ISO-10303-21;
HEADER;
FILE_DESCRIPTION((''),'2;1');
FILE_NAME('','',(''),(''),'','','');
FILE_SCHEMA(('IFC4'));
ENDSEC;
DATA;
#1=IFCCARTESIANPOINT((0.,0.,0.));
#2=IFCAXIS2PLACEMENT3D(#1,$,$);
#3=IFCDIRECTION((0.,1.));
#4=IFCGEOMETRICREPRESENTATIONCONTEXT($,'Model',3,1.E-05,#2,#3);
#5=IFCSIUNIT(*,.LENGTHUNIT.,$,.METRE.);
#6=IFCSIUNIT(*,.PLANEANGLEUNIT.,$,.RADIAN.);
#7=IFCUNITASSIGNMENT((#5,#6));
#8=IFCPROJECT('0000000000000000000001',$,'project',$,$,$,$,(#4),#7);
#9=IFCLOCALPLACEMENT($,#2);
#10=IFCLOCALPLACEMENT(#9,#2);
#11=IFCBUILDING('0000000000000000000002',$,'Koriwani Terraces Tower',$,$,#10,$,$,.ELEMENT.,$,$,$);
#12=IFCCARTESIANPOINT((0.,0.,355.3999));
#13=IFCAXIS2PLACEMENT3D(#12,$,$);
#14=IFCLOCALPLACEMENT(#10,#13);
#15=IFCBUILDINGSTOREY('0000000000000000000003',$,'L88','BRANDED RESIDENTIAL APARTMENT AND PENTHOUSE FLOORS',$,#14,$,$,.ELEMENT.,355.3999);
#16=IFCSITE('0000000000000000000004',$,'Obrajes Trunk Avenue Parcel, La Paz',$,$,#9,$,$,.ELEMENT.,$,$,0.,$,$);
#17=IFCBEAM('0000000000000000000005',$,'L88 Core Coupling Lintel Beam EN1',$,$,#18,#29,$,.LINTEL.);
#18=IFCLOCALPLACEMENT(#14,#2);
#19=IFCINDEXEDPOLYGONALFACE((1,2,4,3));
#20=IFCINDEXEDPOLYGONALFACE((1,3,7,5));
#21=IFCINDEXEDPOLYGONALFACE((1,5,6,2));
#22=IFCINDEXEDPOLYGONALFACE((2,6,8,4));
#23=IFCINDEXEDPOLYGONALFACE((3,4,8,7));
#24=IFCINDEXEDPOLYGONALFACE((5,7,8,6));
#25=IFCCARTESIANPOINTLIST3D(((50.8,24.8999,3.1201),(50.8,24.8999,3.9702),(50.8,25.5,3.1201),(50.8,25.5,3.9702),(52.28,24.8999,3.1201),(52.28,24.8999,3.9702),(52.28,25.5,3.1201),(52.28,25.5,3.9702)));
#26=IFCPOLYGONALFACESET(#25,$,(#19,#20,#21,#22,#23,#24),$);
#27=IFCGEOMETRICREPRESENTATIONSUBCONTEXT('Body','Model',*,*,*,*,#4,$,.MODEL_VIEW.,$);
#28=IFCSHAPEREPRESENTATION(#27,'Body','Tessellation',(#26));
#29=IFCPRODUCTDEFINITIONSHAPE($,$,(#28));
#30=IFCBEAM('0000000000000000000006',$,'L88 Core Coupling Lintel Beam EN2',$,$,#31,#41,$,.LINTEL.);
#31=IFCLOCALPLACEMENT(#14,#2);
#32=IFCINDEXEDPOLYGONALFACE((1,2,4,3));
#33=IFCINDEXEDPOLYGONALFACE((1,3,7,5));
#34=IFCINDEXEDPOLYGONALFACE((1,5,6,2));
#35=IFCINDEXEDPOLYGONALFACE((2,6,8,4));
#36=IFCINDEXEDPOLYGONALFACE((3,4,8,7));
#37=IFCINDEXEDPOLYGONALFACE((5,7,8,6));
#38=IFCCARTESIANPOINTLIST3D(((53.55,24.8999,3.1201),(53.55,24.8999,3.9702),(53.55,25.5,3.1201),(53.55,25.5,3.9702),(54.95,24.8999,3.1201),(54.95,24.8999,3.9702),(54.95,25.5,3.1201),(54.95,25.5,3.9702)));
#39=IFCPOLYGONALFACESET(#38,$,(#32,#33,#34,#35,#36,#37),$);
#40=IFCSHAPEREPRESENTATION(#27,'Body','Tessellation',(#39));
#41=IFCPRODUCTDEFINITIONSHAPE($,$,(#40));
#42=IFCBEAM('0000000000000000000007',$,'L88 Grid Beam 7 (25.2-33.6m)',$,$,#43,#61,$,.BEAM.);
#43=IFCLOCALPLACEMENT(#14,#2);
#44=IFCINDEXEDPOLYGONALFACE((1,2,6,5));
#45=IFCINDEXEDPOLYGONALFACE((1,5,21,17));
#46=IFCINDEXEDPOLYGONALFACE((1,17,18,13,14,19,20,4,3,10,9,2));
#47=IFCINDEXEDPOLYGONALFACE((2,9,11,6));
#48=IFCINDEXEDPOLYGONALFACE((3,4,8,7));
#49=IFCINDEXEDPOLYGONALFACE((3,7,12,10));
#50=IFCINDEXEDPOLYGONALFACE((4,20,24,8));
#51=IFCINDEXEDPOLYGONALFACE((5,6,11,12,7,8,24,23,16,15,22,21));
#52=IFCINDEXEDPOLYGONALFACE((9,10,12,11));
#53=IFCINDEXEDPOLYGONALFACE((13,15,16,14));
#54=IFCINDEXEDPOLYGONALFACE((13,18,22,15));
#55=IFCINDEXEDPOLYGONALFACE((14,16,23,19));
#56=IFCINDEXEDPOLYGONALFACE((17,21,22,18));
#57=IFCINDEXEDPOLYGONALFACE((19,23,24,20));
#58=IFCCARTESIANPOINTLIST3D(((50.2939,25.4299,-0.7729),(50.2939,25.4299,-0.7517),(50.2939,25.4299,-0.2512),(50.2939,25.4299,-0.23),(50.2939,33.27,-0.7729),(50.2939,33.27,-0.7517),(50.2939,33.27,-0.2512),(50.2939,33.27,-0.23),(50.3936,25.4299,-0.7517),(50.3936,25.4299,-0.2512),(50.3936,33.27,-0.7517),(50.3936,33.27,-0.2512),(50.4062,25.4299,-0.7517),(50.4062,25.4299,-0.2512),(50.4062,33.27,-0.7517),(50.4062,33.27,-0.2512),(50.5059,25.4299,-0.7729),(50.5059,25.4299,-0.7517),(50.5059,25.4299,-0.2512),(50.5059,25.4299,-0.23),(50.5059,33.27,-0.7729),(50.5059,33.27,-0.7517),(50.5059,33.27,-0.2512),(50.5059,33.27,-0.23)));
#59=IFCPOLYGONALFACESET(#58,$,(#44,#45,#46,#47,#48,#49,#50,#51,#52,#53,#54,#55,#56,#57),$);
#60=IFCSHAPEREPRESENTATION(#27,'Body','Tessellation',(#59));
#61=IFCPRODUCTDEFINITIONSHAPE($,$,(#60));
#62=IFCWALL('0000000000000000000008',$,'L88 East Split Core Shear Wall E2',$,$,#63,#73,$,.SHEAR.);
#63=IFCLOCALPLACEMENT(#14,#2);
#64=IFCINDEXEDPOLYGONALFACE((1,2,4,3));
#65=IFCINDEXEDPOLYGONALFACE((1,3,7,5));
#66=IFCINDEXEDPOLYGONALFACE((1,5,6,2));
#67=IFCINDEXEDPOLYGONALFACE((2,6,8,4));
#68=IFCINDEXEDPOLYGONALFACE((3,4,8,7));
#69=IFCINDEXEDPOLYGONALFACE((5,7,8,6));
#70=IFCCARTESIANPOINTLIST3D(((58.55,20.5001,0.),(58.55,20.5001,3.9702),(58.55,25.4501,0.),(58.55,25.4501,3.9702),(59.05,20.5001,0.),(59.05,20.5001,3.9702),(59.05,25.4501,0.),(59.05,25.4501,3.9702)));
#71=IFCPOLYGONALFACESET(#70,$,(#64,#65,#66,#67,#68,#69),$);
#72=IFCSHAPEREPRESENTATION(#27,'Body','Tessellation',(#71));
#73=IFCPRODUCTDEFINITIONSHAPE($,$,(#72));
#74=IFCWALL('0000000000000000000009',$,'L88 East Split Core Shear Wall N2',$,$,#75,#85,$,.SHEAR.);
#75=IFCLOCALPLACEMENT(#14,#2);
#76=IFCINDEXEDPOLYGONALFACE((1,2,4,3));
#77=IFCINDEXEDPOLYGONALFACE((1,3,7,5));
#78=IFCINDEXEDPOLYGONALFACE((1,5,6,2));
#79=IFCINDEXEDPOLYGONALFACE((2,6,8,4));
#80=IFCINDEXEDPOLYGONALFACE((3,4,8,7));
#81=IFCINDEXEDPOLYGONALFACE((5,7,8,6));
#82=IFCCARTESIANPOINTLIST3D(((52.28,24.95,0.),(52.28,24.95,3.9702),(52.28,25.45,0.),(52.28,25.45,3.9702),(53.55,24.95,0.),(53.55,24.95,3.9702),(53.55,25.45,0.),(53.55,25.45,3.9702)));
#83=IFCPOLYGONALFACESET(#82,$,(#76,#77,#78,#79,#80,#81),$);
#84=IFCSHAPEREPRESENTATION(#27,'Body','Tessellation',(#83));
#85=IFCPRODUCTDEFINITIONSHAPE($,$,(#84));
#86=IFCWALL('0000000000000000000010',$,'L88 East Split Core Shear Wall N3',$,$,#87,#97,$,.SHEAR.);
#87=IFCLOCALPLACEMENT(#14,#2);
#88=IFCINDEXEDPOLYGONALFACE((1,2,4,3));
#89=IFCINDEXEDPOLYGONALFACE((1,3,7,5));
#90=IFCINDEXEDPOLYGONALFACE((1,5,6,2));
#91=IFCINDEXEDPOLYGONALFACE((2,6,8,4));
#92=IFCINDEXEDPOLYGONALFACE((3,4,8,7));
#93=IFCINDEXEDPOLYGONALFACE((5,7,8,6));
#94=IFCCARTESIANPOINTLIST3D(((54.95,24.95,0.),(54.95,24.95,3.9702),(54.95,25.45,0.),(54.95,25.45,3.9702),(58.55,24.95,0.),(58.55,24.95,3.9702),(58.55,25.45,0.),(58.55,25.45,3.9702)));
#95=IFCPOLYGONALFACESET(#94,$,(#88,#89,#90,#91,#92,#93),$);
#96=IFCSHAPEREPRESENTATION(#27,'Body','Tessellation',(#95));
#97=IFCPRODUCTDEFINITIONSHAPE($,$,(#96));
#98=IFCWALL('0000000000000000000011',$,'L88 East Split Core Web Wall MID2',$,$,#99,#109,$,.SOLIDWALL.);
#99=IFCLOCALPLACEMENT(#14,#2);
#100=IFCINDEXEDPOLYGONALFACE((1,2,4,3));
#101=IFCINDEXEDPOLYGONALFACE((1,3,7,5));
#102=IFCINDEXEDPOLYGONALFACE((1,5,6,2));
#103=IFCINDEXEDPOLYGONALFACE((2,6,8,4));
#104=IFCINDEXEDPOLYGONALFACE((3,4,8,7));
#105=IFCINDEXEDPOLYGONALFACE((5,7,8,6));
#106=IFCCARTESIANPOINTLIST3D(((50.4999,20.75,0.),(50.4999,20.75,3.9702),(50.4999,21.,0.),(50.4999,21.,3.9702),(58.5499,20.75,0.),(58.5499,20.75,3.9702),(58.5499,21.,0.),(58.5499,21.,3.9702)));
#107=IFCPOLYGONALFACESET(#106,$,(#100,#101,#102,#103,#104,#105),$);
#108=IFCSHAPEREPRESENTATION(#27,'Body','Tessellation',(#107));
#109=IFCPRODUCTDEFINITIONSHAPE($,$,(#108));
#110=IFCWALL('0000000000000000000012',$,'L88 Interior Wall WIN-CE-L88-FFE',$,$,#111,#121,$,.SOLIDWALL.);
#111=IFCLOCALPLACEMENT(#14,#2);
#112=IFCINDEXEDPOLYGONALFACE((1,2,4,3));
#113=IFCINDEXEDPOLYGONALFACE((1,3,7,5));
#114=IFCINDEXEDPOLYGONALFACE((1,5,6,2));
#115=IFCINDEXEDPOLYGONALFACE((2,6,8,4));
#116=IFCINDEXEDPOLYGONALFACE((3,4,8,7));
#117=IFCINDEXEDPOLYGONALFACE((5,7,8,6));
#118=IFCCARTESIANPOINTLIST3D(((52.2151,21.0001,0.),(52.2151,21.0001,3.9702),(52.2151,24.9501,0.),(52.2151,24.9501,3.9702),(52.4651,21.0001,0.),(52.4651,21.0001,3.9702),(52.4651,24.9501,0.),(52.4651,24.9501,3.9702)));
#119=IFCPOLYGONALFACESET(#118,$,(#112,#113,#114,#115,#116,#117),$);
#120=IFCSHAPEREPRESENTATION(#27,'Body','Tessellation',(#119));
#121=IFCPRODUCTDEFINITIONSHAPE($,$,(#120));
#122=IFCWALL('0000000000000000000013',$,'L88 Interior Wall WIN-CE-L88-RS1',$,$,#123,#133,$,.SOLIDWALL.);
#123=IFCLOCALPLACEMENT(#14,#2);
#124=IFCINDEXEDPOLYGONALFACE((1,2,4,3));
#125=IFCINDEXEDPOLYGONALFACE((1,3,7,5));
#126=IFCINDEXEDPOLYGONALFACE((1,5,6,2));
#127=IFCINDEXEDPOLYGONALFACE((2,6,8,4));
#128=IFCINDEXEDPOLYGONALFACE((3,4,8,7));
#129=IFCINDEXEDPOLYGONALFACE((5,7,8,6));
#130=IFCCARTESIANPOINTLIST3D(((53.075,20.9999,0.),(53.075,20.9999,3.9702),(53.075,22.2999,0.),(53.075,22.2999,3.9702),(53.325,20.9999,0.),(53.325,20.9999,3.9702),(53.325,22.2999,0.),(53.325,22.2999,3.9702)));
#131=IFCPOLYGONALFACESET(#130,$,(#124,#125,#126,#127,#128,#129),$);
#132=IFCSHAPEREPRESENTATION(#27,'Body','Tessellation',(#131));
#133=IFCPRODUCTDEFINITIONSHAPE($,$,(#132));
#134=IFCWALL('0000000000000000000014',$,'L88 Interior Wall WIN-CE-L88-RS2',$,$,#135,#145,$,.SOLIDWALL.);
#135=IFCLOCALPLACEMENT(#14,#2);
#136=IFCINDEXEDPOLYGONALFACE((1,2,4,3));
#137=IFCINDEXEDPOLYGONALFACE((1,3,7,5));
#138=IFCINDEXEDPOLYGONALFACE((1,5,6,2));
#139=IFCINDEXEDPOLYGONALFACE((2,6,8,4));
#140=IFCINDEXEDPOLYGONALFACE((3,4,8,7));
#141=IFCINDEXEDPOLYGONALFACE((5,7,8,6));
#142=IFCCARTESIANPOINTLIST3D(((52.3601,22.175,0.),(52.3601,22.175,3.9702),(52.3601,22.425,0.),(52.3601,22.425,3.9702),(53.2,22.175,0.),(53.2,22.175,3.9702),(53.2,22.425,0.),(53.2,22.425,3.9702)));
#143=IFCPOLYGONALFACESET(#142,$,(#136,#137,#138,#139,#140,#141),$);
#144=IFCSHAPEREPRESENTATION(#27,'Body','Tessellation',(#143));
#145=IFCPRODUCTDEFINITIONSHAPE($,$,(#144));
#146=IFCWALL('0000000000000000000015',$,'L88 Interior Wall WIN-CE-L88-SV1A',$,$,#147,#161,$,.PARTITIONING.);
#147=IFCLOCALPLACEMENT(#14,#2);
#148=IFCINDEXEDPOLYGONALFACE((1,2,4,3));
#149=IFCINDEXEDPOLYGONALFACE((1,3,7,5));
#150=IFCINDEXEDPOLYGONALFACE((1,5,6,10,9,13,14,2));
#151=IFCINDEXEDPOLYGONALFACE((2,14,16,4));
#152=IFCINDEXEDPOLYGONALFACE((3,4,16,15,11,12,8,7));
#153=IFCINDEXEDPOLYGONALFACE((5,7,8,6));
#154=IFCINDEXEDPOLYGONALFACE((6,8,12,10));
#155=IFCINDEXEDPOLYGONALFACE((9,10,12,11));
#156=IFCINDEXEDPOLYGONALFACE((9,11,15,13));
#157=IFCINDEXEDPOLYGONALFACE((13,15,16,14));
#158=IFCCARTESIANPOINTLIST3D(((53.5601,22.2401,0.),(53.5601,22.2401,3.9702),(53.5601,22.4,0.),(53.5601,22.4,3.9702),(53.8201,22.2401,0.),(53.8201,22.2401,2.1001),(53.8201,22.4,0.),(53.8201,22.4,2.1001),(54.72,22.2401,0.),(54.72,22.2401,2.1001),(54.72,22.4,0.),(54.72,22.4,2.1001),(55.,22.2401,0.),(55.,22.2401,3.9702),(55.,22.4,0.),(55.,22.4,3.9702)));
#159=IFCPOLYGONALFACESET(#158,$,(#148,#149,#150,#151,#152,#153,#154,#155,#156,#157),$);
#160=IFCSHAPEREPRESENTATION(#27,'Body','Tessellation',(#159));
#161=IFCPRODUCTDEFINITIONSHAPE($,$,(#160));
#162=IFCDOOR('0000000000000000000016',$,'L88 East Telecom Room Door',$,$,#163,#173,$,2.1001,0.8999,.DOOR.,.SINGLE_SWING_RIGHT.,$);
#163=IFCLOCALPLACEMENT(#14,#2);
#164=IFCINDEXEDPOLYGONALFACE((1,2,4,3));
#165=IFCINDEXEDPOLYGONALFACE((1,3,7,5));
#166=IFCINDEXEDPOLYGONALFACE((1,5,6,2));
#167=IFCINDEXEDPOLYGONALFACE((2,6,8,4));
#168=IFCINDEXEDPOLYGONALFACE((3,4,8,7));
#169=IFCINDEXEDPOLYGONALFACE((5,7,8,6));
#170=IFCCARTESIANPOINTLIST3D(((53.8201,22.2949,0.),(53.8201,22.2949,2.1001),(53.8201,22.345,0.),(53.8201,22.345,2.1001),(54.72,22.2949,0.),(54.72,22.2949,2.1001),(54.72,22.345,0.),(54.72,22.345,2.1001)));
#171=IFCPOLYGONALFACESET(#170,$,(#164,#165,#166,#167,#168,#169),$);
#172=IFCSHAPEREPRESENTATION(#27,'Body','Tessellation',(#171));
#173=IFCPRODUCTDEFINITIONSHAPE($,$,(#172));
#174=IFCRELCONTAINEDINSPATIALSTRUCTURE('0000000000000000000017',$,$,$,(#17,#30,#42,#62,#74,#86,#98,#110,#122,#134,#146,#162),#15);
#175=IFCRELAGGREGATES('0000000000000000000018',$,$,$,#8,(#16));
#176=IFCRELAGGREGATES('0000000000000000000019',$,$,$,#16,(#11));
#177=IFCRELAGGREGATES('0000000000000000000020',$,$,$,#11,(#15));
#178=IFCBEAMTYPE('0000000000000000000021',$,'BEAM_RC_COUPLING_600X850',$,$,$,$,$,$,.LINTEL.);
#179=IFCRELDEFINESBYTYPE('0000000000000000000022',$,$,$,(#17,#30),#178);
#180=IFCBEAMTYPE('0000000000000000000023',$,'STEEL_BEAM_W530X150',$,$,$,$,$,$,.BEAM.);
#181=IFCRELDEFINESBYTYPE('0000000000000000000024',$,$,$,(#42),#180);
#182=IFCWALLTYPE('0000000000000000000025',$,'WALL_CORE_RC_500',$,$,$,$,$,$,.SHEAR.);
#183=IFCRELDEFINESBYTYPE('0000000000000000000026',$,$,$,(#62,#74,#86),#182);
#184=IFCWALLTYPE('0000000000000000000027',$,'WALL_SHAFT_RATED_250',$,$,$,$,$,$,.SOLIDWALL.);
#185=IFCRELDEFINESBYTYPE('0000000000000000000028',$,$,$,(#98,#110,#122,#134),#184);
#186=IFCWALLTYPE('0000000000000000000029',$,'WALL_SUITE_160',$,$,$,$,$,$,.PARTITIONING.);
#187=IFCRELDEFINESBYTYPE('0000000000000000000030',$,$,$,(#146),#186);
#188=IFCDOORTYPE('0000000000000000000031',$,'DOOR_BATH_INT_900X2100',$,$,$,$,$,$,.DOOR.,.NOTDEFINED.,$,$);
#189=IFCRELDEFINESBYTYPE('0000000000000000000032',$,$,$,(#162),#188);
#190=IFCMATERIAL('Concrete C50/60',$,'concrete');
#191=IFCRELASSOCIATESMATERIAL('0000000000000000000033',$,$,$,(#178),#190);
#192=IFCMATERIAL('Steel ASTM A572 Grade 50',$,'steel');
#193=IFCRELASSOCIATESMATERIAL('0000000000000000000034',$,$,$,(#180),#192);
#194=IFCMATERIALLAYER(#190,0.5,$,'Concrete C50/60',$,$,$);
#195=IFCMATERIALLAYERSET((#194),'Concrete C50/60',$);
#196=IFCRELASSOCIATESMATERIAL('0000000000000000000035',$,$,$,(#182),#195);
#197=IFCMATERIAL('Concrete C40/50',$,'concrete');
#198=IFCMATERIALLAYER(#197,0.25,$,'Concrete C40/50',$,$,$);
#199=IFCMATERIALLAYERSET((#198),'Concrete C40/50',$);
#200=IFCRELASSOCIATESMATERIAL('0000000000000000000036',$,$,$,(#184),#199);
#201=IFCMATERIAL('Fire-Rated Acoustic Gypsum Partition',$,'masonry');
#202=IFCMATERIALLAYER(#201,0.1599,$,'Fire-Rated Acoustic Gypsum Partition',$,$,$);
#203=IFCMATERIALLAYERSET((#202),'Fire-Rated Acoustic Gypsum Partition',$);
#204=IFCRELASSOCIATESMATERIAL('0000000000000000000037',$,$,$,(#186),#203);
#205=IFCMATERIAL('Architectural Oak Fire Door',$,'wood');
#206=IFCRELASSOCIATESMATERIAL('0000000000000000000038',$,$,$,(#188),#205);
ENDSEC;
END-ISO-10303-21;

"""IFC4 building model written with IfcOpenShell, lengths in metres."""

from ifc_helpers import new_model, si_unit, direction, frame, frame_2d, origin, origin_2d, place, context, subcontext, project, spatial, rectangle, i_section, extrude, material, layer, layer_set, material_profile, profile_set, type_object, element, fill, save


model = new_model("IFC4")

# Units and contexts
model_context = context("Model", 3, precision=1e-05, world=origin(), true_north=direction((0.0, 1.0)))
body_context = subcontext(model_context, "Body", "Model", "MODEL_VIEW")
ifc_project = project(units=[si_unit("LENGTHUNIT", "METRE"), si_unit("PLANEANGLEUNIT", "RADIAN")], contexts=[model_context])

# Site, building, storey
site_placement = place(None, origin())
site = spatial("IfcSite", under=ifc_project, at=site_placement, Name="Obrajes Trunk Avenue Parcel, La Paz", CompositionType="ELEMENT", RefElevation=0.0)
building_placement = place(site_placement, origin())
building = spatial("IfcBuilding", under=site, at=building_placement, Name="Koriwani Terraces Tower", CompositionType="ELEMENT")
storey_placement = place(building_placement, frame((0.0, 0.0, 355.3999)))
storey = spatial("IfcBuildingStorey", under=building, at=storey_placement, Name="L88", Description="BRANDED RESIDENTIAL APARTMENT AND PENTHOUSE FLOORS", CompositionType="ELEMENT", Elevation=355.3999)

# Beams
ifc_material_1 = material(Name="Concrete C50/60", Category="concrete")
ifc_material_profile_1 = material_profile(ifc_material_1, rectangle(XDim=0.6001, YDim=0.8501, at=origin_2d()), Name="Concrete C50/60", Category="LoadBearing")
ifc_profile_set_1 = profile_set([ifc_material_profile_1], Name="Concrete C50/60")
beam_type_1 = type_object("IfcBeamType", Name="BEAM_RC_COUPLING_600X850", PredefinedType="LINTEL", material=ifc_profile_set_1)
beam_1_placement = place(storey_placement, frame((50.8, 25.2, 3.5452), z_axis=(1.0, 0.0, 0.0), x_axis=(0.0, 1.0, 0.0)))
element("IfcBeam", 1, at=beam_1_placement, inside=storey, type_object=beam_type_1, Name="L88 Core Coupling Lintel Beam EN1", PredefinedType="LINTEL", context=body_context, shape_type="SweptSolid", body=[
    extrude(rectangle(XDim=0.6001, YDim=0.8501, at=origin_2d()), origin(), (0.0, 0.0, 1.0), 1.48),
])
beam_2_placement = place(storey_placement, frame((53.55, 25.2, 3.5452), z_axis=(1.0, 0.0, 0.0), x_axis=(0.0, 1.0, 0.0)))
element("IfcBeam", 2, at=beam_2_placement, inside=storey, type_object=beam_type_1, Name="L88 Core Coupling Lintel Beam EN2", PredefinedType="LINTEL", context=body_context, shape_type="SweptSolid", body=[
    extrude(rectangle(XDim=0.6001, YDim=0.8501, at=origin_2d()), origin(), (0.0, 0.0, 1.0), 1.3999),
])
ifc_material_2 = material(Name="Steel ASTM A572 Grade 50", Category="steel")
ifc_material_profile_2 = material_profile(ifc_material_2, i_section(OverallWidth=0.2119, OverallDepth=0.543, WebThickness=0.0127, FlangeThickness=0.0212, at=origin_2d()), Name="Steel ASTM A572 Grade 50", Category="LoadBearing")
ifc_profile_set_2 = profile_set([ifc_material_profile_2], Name="Steel ASTM A572 Grade 50")
beam_type_2 = type_object("IfcBeamType", Name="STEEL_BEAM_W530X150", PredefinedType="BEAM", material=ifc_profile_set_2)
beam_3_placement = place(storey_placement, frame((50.3999, 25.4299, -0.5015), z_axis=(0.0, 1.0, 0.0), x_axis=(-1.0, 0.0, 0.0)))
element("IfcBeam", 3, at=beam_3_placement, inside=storey, type_object=beam_type_2, Name="L88 Grid Beam 7 (25.2-33.6m)", PredefinedType="BEAM", context=body_context, shape_type="SweptSolid", body=[
    extrude(i_section(OverallWidth=0.2119, OverallDepth=0.543, WebThickness=0.0127, FlangeThickness=0.0212, at=origin_2d()), origin(), (0.0, 0.0, 1.0), 7.8401),
])

# Walls
ifc_layer_1 = layer(ifc_material_1, 0.5, Name="Concrete C50/60")
ifc_layer_set_1 = layer_set([ifc_layer_1], Name="Concrete C50/60")
wall_type_1 = type_object("IfcWallType", Name="WALL_CORE_RC_500", PredefinedType="SHEAR", material=ifc_layer_set_1)
wall_1_placement = place(storey_placement, frame((58.8, 20.5, 0.0), z_axis=(0.0, 0.0, 1.0), x_axis=(0.0, 1.0, 0.0)))
element("IfcWall", 4, at=wall_1_placement, inside=storey, type_object=wall_type_1, Name="L88 East Split Core Shear Wall E2", PredefinedType="SHEAR", context=body_context, shape_type="SweptSolid", body=[
    extrude(rectangle(XDim=4.95, YDim=0.5, at=frame_2d((2.4751, 0.0))), origin(), (0.0, 0.0, 1.0), 3.9702),
])
wall_2_placement = place(storey_placement, frame((52.28, 25.2, 0.0), z_axis=(0.0, 0.0, 1.0), x_axis=(1.0, 0.0, 0.0)))
element("IfcWall", 5, at=wall_2_placement, inside=storey, type_object=wall_type_1, Name="L88 East Split Core Shear Wall N2", PredefinedType="SHEAR", context=body_context, shape_type="SweptSolid", body=[
    extrude(rectangle(XDim=1.27, YDim=0.5, at=frame_2d((0.635, 0.0))), origin(), (0.0, 0.0, 1.0), 3.9702),
])
wall_3_placement = place(storey_placement, frame((54.95, 25.2, 0.0), z_axis=(0.0, 0.0, 1.0), x_axis=(1.0, 0.0, 0.0)))
element("IfcWall", 6, at=wall_3_placement, inside=storey, type_object=wall_type_1, Name="L88 East Split Core Shear Wall N3", PredefinedType="SHEAR", context=body_context, shape_type="SweptSolid", body=[
    extrude(rectangle(XDim=3.6001, YDim=0.5, at=frame_2d((1.8, 0.0))), origin(), (0.0, 0.0, 1.0), 3.9702),
])
ifc_material_3 = material(Name="Concrete C40/50", Category="concrete")
ifc_layer_2 = layer(ifc_material_3, 0.25, Name="Concrete C40/50")
ifc_layer_set_2 = layer_set([ifc_layer_2], Name="Concrete C40/50")
wall_type_2 = type_object("IfcWallType", Name="WALL_SHAFT_RATED_250", PredefinedType="SOLIDWALL", material=ifc_layer_set_2)
wall_4_placement = place(storey_placement, frame((50.5, 20.875, 0.0), z_axis=(0.0, 0.0, 1.0), x_axis=(1.0, 0.0, 0.0)))
element("IfcWall", 7, at=wall_4_placement, inside=storey, type_object=wall_type_2, Name="L88 East Split Core Web Wall MID2", PredefinedType="SOLIDWALL", context=body_context, shape_type="SweptSolid", body=[
    extrude(rectangle(XDim=8.05, YDim=0.25, at=frame_2d((4.0249, 0.0))), origin(), (0.0, 0.0, 1.0), 3.9702),
])

# Wall
wall_5_placement = place(storey_placement, frame((52.3401, 21.0, 0.0), z_axis=(0.0, 0.0, 1.0), x_axis=(0.0, 1.0, 0.0)))
element("IfcWall", 8, at=wall_5_placement, inside=storey, type_object=wall_type_2, Name="L88 Interior Wall WIN-CE-L88-FFE", PredefinedType="SOLIDWALL", context=body_context, shape_type="SweptSolid", body=[
    extrude(rectangle(XDim=3.95, YDim=0.25, at=frame_2d((1.9751, 0.0))), origin(), (0.0, 0.0, 1.0), 3.9702),
])

# Walls
wall_6_placement = place(storey_placement, frame((53.2, 21.0, 0.0), z_axis=(0.0, 0.0, 1.0), x_axis=(0.0, 1.0, 0.0)))
element("IfcWall", 9, at=wall_6_placement, inside=storey, type_object=wall_type_2, Name="L88 Interior Wall WIN-CE-L88-RS1", PredefinedType="SOLIDWALL", context=body_context, shape_type="SweptSolid", body=[
    extrude(rectangle(XDim=1.3, YDim=0.25, at=frame_2d((0.6499, 0.0))), origin(), (0.0, 0.0, 1.0), 3.9702),
])
wall_7_placement = place(storey_placement, frame((52.3601, 22.3, 0.0), z_axis=(0.0, 0.0, 1.0), x_axis=(1.0, 0.0, 0.0)))
element("IfcWall", 10, at=wall_7_placement, inside=storey, type_object=wall_type_2, Name="L88 Interior Wall WIN-CE-L88-RS2", PredefinedType="SOLIDWALL", context=body_context, shape_type="SweptSolid", body=[
    extrude(rectangle(XDim=0.8398, YDim=0.25, at=frame_2d((0.4199, 0.0))), origin(), (0.0, 0.0, 1.0), 3.9702),
])

# Wall, opening, door
ifc_material_4 = material(Name="Fire-Rated Acoustic Gypsum Partition", Category="masonry")
ifc_layer_3 = layer(ifc_material_4, 0.1599, Name="Fire-Rated Acoustic Gypsum Partition")
ifc_layer_set_3 = layer_set([ifc_layer_3], Name="Fire-Rated Acoustic Gypsum Partition")
wall_type_3 = type_object("IfcWallType", Name="WALL_SUITE_160", PredefinedType="PARTITIONING", material=ifc_layer_set_3)
wall_8_placement = place(storey_placement, frame((53.5601, 22.3201, 0.0), z_axis=(0.0, 0.0, 1.0), x_axis=(1.0, 0.0, 0.0)))
wall_8 = element("IfcWall", 11, at=wall_8_placement, inside=storey, type_object=wall_type_3, Name="L88 Interior Wall WIN-CE-L88-SV1A", PredefinedType="PARTITIONING", context=body_context, shape_type="SweptSolid", body=[
    extrude(rectangle(XDim=1.4399, YDim=0.1599, at=frame_2d((0.72, 0.0))), origin(), (0.0, 0.0, 1.0), 3.9702),
])
opening_1_placement = place(wall_8_placement, frame((0.26, 0.0, 0.0)))
opening_1 = element("IfcOpeningElement", 12, at=opening_1_placement, cuts=wall_8, PredefinedType="OPENING", context=body_context, shape_type="SweptSolid", body=[
    extrude(rectangle(XDim=0.8999, YDim=2.1001, at=frame_2d((0.45, 1.05))), frame((0.0, 0.0898, 0.0), z_axis=(0.0, -1.0, 0.0), x_axis=(1.0, 0.0, 0.0)), (0.0, 0.0, 1.0), 0.1799),
])
ifc_material_5 = material(Name="Architectural Oak Fire Door", Category="wood")
door_type_1 = type_object("IfcDoorType", Name="DOOR_BATH_INT_900X2100", OperationType="NOTDEFINED", PredefinedType="DOOR", material=ifc_material_5)
door_1_placement = place(opening_1_placement, origin())
door_1 = element("IfcDoor", 13, at=door_1_placement, inside=storey, type_object=door_type_1, Name="L88 East Telecom Room Door", OperationType="SINGLE_SWING_RIGHT", OverallHeight=2.1001, OverallWidth=0.8999, PredefinedType="DOOR", context=body_context, shape_type="SweptSolid", body=[
    extrude(rectangle(XDim=0.8999, YDim=2.1001, at=frame_2d((0.45, 1.05))), frame((0.0, 0.0249, 0.0), z_axis=(0.0, -1.0, 0.0), x_axis=(1.0, 0.0, 0.0)), (0.0, 0.0, 1.0), 0.05),
])
fill(opening_1, door_1)

save(model, "model.ifc")
